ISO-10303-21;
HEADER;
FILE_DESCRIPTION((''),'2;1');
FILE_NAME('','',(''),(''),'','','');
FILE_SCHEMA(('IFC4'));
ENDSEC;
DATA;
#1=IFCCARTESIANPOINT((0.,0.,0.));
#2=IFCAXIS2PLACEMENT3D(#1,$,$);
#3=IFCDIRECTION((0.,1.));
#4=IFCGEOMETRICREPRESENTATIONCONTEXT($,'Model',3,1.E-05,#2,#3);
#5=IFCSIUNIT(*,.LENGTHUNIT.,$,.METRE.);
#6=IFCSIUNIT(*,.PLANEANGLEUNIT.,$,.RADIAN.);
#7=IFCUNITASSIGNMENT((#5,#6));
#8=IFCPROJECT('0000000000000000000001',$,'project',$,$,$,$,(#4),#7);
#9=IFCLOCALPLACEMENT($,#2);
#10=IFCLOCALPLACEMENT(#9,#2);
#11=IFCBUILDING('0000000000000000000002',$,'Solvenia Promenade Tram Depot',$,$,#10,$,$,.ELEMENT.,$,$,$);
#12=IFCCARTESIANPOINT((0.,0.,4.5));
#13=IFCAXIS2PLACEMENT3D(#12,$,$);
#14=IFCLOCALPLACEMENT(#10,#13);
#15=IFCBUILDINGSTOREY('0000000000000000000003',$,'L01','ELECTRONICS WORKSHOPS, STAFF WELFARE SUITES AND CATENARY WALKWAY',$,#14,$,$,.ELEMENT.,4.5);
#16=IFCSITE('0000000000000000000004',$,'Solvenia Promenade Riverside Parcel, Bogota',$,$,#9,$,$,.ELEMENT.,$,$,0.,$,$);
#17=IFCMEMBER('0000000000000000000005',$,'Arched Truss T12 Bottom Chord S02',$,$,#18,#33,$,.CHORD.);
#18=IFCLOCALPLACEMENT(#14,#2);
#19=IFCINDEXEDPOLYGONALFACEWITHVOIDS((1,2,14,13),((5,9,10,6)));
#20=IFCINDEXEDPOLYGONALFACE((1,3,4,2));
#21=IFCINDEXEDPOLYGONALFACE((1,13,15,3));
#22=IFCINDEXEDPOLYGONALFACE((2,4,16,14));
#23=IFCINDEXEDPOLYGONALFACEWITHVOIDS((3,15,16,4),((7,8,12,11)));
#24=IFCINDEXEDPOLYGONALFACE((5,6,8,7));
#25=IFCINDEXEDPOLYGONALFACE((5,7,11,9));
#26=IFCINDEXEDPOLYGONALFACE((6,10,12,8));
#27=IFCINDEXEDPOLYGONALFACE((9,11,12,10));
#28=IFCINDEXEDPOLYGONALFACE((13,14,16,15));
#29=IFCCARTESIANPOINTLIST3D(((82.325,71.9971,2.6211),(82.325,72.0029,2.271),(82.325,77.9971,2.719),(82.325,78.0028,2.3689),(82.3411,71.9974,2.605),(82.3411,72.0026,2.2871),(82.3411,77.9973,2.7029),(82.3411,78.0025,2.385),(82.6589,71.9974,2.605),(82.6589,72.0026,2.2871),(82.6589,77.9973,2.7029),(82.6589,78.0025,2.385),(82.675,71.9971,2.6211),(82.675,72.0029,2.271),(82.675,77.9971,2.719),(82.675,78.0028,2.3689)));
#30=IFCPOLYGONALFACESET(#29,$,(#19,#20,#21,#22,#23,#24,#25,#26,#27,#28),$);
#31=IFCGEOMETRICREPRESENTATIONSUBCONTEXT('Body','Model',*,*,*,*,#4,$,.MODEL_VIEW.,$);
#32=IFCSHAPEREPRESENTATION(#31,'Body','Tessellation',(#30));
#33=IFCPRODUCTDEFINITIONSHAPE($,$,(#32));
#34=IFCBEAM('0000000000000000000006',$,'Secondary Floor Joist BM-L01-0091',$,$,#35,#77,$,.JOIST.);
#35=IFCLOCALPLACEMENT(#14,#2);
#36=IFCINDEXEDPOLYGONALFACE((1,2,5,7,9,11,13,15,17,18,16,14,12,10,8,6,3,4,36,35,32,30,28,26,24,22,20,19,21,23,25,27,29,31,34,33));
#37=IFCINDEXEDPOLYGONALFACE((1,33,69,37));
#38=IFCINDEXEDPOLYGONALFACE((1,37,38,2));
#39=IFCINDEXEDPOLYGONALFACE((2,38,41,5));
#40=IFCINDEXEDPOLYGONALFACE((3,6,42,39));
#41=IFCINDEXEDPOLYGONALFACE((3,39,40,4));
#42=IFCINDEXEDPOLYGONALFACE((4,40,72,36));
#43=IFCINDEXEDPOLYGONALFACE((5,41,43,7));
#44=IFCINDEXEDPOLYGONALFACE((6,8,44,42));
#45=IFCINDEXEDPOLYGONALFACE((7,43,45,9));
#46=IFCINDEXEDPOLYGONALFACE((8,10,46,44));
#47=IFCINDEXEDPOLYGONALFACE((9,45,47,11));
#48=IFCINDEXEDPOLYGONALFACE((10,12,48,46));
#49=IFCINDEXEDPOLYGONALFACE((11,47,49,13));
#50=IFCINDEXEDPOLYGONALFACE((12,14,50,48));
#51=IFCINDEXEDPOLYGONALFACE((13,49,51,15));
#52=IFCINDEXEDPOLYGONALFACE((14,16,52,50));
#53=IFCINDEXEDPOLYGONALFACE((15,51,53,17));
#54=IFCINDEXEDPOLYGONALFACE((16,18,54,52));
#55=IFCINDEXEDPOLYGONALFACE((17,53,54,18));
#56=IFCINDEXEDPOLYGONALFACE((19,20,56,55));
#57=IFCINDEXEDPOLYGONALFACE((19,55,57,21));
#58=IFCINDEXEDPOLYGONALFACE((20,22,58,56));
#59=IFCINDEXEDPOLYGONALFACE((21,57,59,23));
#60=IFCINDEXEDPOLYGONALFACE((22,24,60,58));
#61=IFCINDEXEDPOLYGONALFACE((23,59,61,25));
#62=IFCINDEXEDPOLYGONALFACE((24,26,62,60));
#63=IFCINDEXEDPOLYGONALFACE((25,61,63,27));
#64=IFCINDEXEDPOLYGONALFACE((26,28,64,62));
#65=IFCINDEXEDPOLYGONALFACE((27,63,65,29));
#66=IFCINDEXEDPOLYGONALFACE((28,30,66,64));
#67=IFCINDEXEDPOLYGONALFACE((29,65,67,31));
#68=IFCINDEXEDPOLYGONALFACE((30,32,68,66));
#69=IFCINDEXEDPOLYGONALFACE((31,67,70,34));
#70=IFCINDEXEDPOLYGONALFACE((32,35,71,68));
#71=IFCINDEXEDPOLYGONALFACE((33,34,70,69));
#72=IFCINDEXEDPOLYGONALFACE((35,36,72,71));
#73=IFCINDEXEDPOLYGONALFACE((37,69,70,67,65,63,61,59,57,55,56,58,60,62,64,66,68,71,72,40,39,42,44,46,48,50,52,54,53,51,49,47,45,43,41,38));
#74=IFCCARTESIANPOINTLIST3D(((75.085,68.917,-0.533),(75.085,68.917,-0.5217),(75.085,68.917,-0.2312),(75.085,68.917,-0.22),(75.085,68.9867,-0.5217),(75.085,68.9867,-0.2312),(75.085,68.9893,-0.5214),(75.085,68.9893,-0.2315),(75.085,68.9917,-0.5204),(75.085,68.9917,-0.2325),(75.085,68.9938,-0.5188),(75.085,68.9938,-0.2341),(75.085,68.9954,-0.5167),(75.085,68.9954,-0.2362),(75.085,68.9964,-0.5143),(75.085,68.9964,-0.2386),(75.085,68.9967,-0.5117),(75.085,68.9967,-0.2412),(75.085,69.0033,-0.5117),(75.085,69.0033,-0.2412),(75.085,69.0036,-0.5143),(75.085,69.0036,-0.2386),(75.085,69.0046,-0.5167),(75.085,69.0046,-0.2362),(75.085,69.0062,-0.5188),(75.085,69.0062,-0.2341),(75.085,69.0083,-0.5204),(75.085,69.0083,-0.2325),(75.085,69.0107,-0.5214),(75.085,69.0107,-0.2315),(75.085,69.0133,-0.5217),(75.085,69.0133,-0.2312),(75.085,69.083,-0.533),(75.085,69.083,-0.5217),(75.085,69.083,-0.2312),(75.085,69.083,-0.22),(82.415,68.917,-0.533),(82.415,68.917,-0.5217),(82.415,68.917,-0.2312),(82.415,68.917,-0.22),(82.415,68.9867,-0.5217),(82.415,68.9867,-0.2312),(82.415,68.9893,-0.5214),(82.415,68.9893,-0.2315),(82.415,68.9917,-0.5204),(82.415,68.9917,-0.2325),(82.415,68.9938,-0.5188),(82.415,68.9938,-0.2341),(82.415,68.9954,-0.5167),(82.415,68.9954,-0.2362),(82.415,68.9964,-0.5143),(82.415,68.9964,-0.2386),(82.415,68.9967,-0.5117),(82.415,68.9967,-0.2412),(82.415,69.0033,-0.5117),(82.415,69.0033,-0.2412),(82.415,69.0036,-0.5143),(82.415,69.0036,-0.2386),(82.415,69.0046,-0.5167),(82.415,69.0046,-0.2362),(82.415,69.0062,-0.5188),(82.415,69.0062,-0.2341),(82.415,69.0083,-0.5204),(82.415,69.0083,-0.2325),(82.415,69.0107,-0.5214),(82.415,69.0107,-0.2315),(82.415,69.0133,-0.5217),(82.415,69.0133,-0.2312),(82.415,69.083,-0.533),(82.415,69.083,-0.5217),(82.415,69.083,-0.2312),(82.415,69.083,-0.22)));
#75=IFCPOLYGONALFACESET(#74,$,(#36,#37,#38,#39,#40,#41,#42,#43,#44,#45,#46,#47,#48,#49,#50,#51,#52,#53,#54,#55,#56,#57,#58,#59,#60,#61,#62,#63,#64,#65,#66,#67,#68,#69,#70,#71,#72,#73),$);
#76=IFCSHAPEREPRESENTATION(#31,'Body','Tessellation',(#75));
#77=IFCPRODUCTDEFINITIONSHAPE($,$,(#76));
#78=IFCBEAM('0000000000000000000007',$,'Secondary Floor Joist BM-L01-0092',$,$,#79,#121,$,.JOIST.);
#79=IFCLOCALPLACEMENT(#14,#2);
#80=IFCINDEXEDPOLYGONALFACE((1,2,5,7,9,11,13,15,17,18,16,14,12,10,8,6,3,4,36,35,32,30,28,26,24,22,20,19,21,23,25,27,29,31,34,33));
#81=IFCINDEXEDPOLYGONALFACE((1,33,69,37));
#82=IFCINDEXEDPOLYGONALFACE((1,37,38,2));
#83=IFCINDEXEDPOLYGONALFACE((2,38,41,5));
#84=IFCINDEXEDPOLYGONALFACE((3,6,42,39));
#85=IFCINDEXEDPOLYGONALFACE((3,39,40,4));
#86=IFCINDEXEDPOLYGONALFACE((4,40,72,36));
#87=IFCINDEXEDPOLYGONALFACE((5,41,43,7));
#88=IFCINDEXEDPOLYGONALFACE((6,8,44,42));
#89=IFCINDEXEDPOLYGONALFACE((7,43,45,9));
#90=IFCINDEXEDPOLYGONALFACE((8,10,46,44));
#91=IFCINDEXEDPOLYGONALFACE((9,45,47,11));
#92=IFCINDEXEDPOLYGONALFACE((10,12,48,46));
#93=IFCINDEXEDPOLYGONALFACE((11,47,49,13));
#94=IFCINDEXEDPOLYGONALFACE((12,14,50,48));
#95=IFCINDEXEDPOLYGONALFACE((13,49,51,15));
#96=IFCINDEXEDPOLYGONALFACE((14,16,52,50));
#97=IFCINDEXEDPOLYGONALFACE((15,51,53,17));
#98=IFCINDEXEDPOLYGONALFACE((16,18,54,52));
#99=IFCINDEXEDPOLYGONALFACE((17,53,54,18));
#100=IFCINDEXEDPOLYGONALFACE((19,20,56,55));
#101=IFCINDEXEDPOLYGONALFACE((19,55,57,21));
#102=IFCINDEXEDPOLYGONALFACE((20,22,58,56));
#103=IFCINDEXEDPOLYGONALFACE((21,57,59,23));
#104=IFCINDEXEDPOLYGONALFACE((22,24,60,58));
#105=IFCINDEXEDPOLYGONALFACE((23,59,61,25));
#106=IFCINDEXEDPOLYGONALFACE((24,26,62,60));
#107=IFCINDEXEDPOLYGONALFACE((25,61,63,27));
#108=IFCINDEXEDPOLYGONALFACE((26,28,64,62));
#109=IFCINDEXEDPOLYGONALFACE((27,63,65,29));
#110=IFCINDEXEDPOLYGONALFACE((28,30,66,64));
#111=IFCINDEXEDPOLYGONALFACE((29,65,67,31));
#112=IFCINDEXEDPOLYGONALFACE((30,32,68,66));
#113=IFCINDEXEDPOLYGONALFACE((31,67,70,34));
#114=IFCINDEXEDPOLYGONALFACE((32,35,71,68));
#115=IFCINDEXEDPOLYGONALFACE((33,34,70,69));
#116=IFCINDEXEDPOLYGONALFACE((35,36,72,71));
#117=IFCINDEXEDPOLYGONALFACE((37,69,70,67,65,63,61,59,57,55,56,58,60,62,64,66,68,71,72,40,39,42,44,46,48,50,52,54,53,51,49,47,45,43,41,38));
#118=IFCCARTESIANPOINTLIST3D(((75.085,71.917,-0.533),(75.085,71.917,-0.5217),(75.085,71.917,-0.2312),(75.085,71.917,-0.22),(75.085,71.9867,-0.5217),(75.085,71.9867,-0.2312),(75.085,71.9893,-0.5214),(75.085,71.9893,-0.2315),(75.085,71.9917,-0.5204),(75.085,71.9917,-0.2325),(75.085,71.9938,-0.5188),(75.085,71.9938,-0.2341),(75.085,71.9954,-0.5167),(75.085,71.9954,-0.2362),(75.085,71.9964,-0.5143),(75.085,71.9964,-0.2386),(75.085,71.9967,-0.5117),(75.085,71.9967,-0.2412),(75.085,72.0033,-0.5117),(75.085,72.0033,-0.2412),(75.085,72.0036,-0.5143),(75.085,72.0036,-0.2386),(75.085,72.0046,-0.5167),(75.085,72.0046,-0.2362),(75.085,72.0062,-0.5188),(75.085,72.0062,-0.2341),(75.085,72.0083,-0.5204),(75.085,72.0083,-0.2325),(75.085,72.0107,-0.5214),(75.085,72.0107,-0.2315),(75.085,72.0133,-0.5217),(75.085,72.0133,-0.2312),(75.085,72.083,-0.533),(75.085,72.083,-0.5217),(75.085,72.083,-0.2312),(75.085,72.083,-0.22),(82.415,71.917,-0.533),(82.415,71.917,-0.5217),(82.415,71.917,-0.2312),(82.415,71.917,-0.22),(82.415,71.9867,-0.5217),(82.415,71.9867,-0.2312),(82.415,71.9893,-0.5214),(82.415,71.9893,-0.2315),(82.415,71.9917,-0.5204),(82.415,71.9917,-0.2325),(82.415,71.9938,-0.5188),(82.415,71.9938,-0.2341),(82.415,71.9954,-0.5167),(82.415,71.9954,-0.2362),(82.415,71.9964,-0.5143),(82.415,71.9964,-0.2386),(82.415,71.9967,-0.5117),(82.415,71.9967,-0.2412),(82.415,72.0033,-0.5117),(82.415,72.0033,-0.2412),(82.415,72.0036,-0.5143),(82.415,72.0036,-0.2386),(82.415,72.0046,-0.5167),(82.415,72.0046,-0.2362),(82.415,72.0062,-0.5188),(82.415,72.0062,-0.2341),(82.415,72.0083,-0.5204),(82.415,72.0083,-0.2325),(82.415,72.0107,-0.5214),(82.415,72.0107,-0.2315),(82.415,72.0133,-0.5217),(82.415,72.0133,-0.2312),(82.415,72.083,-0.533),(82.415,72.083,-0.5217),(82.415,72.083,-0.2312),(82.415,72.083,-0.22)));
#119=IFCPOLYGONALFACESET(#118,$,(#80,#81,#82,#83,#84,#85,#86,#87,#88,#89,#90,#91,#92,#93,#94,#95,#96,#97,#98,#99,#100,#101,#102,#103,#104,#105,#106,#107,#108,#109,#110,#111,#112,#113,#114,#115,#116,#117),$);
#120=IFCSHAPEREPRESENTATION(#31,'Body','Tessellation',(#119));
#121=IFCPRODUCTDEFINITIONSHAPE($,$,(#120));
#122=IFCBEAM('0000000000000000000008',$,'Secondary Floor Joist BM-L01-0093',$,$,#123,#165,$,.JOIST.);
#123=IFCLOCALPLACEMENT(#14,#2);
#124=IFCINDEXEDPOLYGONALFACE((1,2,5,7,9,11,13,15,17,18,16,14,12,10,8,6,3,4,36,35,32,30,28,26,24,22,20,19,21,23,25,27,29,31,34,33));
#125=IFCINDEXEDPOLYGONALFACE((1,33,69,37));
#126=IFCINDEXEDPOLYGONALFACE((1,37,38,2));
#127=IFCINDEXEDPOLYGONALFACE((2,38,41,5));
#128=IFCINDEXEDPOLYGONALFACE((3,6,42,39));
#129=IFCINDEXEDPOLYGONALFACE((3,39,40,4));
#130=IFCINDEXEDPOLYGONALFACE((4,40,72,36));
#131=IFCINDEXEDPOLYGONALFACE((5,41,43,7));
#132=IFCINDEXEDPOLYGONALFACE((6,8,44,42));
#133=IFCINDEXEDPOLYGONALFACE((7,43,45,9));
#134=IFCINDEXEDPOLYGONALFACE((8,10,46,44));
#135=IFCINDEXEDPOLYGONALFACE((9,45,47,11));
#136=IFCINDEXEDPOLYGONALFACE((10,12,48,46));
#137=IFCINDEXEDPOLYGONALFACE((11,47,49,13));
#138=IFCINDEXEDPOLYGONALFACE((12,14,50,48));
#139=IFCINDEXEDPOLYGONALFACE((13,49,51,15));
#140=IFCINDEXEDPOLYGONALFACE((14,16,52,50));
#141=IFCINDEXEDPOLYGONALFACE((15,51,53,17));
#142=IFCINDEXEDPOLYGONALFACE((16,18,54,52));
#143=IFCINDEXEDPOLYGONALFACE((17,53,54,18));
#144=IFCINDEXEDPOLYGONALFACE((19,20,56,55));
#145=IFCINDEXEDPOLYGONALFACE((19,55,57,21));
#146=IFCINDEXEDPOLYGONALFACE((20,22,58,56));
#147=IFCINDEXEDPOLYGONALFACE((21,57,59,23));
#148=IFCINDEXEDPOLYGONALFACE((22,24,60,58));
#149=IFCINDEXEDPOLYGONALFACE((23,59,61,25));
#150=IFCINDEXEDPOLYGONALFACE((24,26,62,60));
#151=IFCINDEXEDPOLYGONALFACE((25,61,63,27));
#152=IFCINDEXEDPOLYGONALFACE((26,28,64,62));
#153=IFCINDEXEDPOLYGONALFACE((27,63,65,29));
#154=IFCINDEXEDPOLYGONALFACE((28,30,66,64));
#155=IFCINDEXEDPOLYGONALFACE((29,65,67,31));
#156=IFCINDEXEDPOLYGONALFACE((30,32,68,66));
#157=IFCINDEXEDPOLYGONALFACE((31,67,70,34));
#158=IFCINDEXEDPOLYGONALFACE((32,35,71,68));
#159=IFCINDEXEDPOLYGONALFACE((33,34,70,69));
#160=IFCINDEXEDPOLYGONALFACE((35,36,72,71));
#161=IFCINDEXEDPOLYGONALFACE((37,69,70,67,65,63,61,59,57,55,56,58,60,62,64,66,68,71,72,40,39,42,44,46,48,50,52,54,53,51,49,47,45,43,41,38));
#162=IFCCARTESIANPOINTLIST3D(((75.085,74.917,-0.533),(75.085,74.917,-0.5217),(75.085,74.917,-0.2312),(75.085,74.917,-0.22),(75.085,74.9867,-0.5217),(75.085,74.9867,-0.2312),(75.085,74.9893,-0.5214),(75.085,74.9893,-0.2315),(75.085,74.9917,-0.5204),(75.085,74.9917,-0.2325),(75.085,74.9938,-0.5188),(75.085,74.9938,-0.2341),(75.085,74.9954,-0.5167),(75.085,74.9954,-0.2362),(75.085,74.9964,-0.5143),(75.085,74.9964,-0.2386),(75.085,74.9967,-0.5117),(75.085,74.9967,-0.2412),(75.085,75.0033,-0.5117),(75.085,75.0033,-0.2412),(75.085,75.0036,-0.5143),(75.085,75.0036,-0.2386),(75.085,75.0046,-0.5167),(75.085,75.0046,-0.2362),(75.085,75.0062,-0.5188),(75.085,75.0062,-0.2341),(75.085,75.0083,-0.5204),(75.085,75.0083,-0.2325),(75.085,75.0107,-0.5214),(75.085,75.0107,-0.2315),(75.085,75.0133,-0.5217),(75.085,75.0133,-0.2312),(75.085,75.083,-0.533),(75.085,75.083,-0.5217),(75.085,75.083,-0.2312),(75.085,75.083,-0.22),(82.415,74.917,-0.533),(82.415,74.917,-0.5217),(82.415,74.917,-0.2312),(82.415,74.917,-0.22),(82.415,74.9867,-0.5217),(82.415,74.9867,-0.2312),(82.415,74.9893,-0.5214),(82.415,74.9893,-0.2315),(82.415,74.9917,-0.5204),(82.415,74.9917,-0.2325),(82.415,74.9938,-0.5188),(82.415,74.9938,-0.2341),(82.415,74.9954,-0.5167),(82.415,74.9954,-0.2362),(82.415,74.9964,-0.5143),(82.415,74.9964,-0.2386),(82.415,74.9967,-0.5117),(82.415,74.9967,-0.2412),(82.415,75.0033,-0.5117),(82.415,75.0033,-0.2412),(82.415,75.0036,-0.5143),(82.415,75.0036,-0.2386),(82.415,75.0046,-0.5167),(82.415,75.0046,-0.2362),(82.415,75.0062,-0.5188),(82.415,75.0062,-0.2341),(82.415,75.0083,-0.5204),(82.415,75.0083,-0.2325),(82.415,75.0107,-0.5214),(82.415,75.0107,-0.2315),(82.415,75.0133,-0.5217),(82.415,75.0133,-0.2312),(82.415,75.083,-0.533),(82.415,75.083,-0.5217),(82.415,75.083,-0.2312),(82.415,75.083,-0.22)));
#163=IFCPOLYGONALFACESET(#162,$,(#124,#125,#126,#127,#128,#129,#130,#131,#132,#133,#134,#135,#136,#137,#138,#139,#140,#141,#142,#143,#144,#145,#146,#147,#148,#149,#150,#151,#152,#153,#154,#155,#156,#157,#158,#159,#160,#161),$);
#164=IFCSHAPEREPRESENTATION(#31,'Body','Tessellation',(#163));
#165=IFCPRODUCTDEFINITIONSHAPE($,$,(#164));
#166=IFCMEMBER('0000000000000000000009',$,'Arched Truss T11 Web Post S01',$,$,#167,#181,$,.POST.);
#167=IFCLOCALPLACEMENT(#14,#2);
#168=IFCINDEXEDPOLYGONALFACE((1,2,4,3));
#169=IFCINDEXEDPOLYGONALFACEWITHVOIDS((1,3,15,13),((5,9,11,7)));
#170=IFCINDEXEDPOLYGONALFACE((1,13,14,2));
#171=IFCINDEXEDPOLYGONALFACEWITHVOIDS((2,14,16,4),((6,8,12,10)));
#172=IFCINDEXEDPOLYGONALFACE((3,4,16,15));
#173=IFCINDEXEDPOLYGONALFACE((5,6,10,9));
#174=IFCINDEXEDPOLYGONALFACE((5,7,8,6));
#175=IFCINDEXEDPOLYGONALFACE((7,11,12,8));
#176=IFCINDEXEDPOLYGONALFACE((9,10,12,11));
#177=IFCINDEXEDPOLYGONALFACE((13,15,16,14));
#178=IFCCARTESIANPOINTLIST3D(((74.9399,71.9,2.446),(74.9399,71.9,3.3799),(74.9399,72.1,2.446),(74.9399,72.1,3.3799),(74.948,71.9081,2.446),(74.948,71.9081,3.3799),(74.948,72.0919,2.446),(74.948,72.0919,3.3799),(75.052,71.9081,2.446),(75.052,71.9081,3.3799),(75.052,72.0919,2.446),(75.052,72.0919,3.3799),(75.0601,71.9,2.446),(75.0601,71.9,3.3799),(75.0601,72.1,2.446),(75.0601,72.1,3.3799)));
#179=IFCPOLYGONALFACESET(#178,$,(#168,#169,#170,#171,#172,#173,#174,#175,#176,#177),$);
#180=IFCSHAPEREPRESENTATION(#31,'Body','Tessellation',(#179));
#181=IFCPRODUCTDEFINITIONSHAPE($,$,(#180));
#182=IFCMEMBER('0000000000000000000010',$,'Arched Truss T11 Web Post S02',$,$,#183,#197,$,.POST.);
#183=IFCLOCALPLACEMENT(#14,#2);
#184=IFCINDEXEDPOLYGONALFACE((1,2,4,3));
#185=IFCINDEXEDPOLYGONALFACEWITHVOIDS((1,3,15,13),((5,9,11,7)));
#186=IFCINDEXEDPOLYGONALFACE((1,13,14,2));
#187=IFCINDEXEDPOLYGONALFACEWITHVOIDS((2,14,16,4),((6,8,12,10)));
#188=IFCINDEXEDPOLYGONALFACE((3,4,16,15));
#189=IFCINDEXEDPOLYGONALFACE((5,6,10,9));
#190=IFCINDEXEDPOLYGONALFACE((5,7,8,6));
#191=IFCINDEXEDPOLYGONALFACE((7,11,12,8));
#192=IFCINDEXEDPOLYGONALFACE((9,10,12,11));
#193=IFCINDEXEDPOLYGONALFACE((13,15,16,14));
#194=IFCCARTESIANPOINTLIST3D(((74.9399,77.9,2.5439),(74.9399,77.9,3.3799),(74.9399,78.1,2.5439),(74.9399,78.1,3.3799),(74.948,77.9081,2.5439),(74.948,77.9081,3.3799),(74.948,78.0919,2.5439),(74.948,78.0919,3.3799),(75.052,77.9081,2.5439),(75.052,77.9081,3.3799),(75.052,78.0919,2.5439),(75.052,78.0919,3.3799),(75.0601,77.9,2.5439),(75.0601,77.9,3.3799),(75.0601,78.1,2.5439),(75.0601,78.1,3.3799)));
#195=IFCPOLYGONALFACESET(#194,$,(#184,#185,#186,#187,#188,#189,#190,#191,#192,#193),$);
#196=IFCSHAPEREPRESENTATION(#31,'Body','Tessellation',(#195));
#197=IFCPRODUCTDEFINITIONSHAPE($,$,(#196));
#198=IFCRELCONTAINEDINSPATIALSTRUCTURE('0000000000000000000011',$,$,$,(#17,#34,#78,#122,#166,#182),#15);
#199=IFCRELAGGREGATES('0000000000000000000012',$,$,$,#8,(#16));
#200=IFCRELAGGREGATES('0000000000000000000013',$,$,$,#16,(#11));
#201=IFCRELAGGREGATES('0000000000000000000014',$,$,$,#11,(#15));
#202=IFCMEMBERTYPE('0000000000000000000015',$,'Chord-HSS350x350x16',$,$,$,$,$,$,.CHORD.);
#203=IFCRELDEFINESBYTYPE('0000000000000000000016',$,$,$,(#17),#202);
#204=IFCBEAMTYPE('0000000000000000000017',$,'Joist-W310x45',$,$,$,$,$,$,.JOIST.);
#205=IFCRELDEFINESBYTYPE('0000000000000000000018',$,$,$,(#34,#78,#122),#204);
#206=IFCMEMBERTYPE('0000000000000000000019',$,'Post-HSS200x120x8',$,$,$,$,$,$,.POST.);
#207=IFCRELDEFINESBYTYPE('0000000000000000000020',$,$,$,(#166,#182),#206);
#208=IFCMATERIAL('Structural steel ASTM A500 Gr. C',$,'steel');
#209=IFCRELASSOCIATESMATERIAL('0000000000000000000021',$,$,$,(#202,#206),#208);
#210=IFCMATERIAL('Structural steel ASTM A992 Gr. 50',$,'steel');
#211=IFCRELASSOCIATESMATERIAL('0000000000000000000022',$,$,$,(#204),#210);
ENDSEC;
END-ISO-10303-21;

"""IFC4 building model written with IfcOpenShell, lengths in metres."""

from ifc_helpers import new_model, si_unit, direction, frame, origin, origin_2d, place, context, subcontext, project, spatial, hollow_rectangle, i_section, extrude, material, material_profile, profile_set, type_object, element, save


model = new_model("IFC4")

# Units and contexts
model_context = context("Model", 3, precision=1e-05, world=origin(), true_north=direction((0.0, 1.0)))
body_context = subcontext(model_context, "Body", "Model", "MODEL_VIEW")
ifc_project = project(units=[si_unit("LENGTHUNIT", "METRE"), si_unit("PLANEANGLEUNIT", "RADIAN")], contexts=[model_context])

# Site, building, storey
site_placement = place(None, origin())
site = spatial("IfcSite", under=ifc_project, at=site_placement, Name="Solvenia Promenade Riverside Parcel, Bogota", CompositionType="ELEMENT", RefElevation=0.0)
building_placement = place(site_placement, origin())
building = spatial("IfcBuilding", under=site, at=building_placement, Name="Solvenia Promenade Tram Depot", CompositionType="ELEMENT")
storey_placement = place(building_placement, frame((0.0, 0.0, 4.5)))
storey = spatial("IfcBuildingStorey", under=building, at=storey_placement, Name="L01", Description="ELECTRONICS WORKSHOPS, STAFF WELFARE SUITES AND CATENARY WALKWAY", CompositionType="ELEMENT", Elevation=4.5)

# Shared definitions
ifc_material_1 = material(Name="Structural steel ASTM A992 Gr. 50", Category="steel")

# Shared definitions
ifc_material_2 = material(Name="Structural steel ASTM A500 Gr. C", Category="steel")

# Member
ifc_material_profile_1 = material_profile(ifc_material_2, hollow_rectangle(XDim=0.3501, YDim=0.3501, WallThickness=0.0161, at=origin_2d()), Name="HSS350x350x16", Category="steel")
ifc_profile_set_1 = profile_set([ifc_material_profile_1], Name="Structural steel ASTM A500 Gr. C")
member_type_1 = type_object("IfcMemberType", Name="Chord-HSS350x350x16", PredefinedType="CHORD", material=ifc_profile_set_1)
member_1_placement = place(storey_placement, frame((82.5, 72.0, 2.446), z_axis=(0.0, 0.999867, 0.016315), x_axis=(-1.0, 0.0, 0.0)))
element("IfcMember", 1, at=member_1_placement, inside=storey, type_object=member_type_1, Name="Arched Truss T12 Bottom Chord S02", PredefinedType="CHORD", context=body_context, shape_type="SweptSolid", body=[
    extrude(hollow_rectangle(XDim=0.3501, YDim=0.3501, WallThickness=0.0161, at=origin_2d()), origin(), (0.0, 0.0, 1.0), 6.0007),
])

# Beams
ifc_material_profile_2 = material_profile(ifc_material_1, i_section(OverallWidth=0.166, OverallDepth=0.313, WebThickness=0.0066, FlangeThickness=0.0112, FilletRadius=0.01, at=origin_2d()), Name="W310x45", Category="steel")
ifc_profile_set_2 = profile_set([ifc_material_profile_2], Name="Structural steel ASTM A992 Gr. 50")
beam_type_1 = type_object("IfcBeamType", Name="Joist-W310x45", PredefinedType="JOIST", material=ifc_profile_set_2)
for number, where, z_axis, x_axis, name in (
    (2, (75.085, 69.0, -0.3765), (1.0, 0.0, 0.0), (0.0, 1.0, 0.0), "Secondary Floor Joist BM-L01-0091"),
    (3, (75.085, 72.0, -0.3765), (1.0, 0.0, 0.0), (0.0, 1.0, 0.0), "Secondary Floor Joist BM-L01-0092"),
    (4, (75.085, 75.0, -0.3765), (1.0, 0.0, 0.0), (0.0, 1.0, 0.0), "Secondary Floor Joist BM-L01-0093"),
):
    element("IfcBeam", number, at=place(storey_placement, frame(where, z_axis=z_axis, x_axis=x_axis)), inside=storey, type_object=beam_type_1, Name=name, PredefinedType="JOIST", context=body_context, shape_type="SweptSolid", body=[
        extrude(i_section(OverallWidth=0.166, OverallDepth=0.313, WebThickness=0.0066, FlangeThickness=0.0112, FilletRadius=0.01, at=origin_2d()), origin(), (0.0, 0.0, 1.0), 7.3301),
    ])

# Members
ifc_material_profile_3 = material_profile(ifc_material_2, hollow_rectangle(XDim=0.1201, YDim=0.2, WallThickness=0.0081, at=origin_2d()), Name="HSS200x120x8", Category="steel")
ifc_profile_set_3 = profile_set([ifc_material_profile_3], Name="Structural steel ASTM A500 Gr. C")
member_type_2 = type_object("IfcMemberType", Name="Post-HSS200x120x8", PredefinedType="POST", material=ifc_profile_set_3)
member_2_placement = place(storey_placement, frame((75.0, 72.0, 2.446), z_axis=(0.0, 0.0, 1.0), x_axis=(1.0, 0.0, 0.0)))
element("IfcMember", 5, at=member_2_placement, inside=storey, type_object=member_type_2, Name="Arched Truss T11 Web Post S01", PredefinedType="POST", context=body_context, shape_type="SweptSolid", body=[
    extrude(hollow_rectangle(XDim=0.1201, YDim=0.2, WallThickness=0.0081, at=origin_2d()), origin(), (0.0, 0.0, 1.0), 0.9338),
])
member_3_placement = place(storey_placement, frame((75.0, 78.0, 2.5439), z_axis=(0.0, 0.0, 1.0), x_axis=(1.0, 0.0, 0.0)))
element("IfcMember", 6, at=member_3_placement, inside=storey, type_object=member_type_2, Name="Arched Truss T11 Web Post S02", PredefinedType="POST", context=body_context, shape_type="SweptSolid", body=[
    extrude(hollow_rectangle(XDim=0.1201, YDim=0.2, WallThickness=0.0081, at=origin_2d()), origin(), (0.0, 0.0, 1.0), 0.8359),
])

save(model, "model.ifc")
